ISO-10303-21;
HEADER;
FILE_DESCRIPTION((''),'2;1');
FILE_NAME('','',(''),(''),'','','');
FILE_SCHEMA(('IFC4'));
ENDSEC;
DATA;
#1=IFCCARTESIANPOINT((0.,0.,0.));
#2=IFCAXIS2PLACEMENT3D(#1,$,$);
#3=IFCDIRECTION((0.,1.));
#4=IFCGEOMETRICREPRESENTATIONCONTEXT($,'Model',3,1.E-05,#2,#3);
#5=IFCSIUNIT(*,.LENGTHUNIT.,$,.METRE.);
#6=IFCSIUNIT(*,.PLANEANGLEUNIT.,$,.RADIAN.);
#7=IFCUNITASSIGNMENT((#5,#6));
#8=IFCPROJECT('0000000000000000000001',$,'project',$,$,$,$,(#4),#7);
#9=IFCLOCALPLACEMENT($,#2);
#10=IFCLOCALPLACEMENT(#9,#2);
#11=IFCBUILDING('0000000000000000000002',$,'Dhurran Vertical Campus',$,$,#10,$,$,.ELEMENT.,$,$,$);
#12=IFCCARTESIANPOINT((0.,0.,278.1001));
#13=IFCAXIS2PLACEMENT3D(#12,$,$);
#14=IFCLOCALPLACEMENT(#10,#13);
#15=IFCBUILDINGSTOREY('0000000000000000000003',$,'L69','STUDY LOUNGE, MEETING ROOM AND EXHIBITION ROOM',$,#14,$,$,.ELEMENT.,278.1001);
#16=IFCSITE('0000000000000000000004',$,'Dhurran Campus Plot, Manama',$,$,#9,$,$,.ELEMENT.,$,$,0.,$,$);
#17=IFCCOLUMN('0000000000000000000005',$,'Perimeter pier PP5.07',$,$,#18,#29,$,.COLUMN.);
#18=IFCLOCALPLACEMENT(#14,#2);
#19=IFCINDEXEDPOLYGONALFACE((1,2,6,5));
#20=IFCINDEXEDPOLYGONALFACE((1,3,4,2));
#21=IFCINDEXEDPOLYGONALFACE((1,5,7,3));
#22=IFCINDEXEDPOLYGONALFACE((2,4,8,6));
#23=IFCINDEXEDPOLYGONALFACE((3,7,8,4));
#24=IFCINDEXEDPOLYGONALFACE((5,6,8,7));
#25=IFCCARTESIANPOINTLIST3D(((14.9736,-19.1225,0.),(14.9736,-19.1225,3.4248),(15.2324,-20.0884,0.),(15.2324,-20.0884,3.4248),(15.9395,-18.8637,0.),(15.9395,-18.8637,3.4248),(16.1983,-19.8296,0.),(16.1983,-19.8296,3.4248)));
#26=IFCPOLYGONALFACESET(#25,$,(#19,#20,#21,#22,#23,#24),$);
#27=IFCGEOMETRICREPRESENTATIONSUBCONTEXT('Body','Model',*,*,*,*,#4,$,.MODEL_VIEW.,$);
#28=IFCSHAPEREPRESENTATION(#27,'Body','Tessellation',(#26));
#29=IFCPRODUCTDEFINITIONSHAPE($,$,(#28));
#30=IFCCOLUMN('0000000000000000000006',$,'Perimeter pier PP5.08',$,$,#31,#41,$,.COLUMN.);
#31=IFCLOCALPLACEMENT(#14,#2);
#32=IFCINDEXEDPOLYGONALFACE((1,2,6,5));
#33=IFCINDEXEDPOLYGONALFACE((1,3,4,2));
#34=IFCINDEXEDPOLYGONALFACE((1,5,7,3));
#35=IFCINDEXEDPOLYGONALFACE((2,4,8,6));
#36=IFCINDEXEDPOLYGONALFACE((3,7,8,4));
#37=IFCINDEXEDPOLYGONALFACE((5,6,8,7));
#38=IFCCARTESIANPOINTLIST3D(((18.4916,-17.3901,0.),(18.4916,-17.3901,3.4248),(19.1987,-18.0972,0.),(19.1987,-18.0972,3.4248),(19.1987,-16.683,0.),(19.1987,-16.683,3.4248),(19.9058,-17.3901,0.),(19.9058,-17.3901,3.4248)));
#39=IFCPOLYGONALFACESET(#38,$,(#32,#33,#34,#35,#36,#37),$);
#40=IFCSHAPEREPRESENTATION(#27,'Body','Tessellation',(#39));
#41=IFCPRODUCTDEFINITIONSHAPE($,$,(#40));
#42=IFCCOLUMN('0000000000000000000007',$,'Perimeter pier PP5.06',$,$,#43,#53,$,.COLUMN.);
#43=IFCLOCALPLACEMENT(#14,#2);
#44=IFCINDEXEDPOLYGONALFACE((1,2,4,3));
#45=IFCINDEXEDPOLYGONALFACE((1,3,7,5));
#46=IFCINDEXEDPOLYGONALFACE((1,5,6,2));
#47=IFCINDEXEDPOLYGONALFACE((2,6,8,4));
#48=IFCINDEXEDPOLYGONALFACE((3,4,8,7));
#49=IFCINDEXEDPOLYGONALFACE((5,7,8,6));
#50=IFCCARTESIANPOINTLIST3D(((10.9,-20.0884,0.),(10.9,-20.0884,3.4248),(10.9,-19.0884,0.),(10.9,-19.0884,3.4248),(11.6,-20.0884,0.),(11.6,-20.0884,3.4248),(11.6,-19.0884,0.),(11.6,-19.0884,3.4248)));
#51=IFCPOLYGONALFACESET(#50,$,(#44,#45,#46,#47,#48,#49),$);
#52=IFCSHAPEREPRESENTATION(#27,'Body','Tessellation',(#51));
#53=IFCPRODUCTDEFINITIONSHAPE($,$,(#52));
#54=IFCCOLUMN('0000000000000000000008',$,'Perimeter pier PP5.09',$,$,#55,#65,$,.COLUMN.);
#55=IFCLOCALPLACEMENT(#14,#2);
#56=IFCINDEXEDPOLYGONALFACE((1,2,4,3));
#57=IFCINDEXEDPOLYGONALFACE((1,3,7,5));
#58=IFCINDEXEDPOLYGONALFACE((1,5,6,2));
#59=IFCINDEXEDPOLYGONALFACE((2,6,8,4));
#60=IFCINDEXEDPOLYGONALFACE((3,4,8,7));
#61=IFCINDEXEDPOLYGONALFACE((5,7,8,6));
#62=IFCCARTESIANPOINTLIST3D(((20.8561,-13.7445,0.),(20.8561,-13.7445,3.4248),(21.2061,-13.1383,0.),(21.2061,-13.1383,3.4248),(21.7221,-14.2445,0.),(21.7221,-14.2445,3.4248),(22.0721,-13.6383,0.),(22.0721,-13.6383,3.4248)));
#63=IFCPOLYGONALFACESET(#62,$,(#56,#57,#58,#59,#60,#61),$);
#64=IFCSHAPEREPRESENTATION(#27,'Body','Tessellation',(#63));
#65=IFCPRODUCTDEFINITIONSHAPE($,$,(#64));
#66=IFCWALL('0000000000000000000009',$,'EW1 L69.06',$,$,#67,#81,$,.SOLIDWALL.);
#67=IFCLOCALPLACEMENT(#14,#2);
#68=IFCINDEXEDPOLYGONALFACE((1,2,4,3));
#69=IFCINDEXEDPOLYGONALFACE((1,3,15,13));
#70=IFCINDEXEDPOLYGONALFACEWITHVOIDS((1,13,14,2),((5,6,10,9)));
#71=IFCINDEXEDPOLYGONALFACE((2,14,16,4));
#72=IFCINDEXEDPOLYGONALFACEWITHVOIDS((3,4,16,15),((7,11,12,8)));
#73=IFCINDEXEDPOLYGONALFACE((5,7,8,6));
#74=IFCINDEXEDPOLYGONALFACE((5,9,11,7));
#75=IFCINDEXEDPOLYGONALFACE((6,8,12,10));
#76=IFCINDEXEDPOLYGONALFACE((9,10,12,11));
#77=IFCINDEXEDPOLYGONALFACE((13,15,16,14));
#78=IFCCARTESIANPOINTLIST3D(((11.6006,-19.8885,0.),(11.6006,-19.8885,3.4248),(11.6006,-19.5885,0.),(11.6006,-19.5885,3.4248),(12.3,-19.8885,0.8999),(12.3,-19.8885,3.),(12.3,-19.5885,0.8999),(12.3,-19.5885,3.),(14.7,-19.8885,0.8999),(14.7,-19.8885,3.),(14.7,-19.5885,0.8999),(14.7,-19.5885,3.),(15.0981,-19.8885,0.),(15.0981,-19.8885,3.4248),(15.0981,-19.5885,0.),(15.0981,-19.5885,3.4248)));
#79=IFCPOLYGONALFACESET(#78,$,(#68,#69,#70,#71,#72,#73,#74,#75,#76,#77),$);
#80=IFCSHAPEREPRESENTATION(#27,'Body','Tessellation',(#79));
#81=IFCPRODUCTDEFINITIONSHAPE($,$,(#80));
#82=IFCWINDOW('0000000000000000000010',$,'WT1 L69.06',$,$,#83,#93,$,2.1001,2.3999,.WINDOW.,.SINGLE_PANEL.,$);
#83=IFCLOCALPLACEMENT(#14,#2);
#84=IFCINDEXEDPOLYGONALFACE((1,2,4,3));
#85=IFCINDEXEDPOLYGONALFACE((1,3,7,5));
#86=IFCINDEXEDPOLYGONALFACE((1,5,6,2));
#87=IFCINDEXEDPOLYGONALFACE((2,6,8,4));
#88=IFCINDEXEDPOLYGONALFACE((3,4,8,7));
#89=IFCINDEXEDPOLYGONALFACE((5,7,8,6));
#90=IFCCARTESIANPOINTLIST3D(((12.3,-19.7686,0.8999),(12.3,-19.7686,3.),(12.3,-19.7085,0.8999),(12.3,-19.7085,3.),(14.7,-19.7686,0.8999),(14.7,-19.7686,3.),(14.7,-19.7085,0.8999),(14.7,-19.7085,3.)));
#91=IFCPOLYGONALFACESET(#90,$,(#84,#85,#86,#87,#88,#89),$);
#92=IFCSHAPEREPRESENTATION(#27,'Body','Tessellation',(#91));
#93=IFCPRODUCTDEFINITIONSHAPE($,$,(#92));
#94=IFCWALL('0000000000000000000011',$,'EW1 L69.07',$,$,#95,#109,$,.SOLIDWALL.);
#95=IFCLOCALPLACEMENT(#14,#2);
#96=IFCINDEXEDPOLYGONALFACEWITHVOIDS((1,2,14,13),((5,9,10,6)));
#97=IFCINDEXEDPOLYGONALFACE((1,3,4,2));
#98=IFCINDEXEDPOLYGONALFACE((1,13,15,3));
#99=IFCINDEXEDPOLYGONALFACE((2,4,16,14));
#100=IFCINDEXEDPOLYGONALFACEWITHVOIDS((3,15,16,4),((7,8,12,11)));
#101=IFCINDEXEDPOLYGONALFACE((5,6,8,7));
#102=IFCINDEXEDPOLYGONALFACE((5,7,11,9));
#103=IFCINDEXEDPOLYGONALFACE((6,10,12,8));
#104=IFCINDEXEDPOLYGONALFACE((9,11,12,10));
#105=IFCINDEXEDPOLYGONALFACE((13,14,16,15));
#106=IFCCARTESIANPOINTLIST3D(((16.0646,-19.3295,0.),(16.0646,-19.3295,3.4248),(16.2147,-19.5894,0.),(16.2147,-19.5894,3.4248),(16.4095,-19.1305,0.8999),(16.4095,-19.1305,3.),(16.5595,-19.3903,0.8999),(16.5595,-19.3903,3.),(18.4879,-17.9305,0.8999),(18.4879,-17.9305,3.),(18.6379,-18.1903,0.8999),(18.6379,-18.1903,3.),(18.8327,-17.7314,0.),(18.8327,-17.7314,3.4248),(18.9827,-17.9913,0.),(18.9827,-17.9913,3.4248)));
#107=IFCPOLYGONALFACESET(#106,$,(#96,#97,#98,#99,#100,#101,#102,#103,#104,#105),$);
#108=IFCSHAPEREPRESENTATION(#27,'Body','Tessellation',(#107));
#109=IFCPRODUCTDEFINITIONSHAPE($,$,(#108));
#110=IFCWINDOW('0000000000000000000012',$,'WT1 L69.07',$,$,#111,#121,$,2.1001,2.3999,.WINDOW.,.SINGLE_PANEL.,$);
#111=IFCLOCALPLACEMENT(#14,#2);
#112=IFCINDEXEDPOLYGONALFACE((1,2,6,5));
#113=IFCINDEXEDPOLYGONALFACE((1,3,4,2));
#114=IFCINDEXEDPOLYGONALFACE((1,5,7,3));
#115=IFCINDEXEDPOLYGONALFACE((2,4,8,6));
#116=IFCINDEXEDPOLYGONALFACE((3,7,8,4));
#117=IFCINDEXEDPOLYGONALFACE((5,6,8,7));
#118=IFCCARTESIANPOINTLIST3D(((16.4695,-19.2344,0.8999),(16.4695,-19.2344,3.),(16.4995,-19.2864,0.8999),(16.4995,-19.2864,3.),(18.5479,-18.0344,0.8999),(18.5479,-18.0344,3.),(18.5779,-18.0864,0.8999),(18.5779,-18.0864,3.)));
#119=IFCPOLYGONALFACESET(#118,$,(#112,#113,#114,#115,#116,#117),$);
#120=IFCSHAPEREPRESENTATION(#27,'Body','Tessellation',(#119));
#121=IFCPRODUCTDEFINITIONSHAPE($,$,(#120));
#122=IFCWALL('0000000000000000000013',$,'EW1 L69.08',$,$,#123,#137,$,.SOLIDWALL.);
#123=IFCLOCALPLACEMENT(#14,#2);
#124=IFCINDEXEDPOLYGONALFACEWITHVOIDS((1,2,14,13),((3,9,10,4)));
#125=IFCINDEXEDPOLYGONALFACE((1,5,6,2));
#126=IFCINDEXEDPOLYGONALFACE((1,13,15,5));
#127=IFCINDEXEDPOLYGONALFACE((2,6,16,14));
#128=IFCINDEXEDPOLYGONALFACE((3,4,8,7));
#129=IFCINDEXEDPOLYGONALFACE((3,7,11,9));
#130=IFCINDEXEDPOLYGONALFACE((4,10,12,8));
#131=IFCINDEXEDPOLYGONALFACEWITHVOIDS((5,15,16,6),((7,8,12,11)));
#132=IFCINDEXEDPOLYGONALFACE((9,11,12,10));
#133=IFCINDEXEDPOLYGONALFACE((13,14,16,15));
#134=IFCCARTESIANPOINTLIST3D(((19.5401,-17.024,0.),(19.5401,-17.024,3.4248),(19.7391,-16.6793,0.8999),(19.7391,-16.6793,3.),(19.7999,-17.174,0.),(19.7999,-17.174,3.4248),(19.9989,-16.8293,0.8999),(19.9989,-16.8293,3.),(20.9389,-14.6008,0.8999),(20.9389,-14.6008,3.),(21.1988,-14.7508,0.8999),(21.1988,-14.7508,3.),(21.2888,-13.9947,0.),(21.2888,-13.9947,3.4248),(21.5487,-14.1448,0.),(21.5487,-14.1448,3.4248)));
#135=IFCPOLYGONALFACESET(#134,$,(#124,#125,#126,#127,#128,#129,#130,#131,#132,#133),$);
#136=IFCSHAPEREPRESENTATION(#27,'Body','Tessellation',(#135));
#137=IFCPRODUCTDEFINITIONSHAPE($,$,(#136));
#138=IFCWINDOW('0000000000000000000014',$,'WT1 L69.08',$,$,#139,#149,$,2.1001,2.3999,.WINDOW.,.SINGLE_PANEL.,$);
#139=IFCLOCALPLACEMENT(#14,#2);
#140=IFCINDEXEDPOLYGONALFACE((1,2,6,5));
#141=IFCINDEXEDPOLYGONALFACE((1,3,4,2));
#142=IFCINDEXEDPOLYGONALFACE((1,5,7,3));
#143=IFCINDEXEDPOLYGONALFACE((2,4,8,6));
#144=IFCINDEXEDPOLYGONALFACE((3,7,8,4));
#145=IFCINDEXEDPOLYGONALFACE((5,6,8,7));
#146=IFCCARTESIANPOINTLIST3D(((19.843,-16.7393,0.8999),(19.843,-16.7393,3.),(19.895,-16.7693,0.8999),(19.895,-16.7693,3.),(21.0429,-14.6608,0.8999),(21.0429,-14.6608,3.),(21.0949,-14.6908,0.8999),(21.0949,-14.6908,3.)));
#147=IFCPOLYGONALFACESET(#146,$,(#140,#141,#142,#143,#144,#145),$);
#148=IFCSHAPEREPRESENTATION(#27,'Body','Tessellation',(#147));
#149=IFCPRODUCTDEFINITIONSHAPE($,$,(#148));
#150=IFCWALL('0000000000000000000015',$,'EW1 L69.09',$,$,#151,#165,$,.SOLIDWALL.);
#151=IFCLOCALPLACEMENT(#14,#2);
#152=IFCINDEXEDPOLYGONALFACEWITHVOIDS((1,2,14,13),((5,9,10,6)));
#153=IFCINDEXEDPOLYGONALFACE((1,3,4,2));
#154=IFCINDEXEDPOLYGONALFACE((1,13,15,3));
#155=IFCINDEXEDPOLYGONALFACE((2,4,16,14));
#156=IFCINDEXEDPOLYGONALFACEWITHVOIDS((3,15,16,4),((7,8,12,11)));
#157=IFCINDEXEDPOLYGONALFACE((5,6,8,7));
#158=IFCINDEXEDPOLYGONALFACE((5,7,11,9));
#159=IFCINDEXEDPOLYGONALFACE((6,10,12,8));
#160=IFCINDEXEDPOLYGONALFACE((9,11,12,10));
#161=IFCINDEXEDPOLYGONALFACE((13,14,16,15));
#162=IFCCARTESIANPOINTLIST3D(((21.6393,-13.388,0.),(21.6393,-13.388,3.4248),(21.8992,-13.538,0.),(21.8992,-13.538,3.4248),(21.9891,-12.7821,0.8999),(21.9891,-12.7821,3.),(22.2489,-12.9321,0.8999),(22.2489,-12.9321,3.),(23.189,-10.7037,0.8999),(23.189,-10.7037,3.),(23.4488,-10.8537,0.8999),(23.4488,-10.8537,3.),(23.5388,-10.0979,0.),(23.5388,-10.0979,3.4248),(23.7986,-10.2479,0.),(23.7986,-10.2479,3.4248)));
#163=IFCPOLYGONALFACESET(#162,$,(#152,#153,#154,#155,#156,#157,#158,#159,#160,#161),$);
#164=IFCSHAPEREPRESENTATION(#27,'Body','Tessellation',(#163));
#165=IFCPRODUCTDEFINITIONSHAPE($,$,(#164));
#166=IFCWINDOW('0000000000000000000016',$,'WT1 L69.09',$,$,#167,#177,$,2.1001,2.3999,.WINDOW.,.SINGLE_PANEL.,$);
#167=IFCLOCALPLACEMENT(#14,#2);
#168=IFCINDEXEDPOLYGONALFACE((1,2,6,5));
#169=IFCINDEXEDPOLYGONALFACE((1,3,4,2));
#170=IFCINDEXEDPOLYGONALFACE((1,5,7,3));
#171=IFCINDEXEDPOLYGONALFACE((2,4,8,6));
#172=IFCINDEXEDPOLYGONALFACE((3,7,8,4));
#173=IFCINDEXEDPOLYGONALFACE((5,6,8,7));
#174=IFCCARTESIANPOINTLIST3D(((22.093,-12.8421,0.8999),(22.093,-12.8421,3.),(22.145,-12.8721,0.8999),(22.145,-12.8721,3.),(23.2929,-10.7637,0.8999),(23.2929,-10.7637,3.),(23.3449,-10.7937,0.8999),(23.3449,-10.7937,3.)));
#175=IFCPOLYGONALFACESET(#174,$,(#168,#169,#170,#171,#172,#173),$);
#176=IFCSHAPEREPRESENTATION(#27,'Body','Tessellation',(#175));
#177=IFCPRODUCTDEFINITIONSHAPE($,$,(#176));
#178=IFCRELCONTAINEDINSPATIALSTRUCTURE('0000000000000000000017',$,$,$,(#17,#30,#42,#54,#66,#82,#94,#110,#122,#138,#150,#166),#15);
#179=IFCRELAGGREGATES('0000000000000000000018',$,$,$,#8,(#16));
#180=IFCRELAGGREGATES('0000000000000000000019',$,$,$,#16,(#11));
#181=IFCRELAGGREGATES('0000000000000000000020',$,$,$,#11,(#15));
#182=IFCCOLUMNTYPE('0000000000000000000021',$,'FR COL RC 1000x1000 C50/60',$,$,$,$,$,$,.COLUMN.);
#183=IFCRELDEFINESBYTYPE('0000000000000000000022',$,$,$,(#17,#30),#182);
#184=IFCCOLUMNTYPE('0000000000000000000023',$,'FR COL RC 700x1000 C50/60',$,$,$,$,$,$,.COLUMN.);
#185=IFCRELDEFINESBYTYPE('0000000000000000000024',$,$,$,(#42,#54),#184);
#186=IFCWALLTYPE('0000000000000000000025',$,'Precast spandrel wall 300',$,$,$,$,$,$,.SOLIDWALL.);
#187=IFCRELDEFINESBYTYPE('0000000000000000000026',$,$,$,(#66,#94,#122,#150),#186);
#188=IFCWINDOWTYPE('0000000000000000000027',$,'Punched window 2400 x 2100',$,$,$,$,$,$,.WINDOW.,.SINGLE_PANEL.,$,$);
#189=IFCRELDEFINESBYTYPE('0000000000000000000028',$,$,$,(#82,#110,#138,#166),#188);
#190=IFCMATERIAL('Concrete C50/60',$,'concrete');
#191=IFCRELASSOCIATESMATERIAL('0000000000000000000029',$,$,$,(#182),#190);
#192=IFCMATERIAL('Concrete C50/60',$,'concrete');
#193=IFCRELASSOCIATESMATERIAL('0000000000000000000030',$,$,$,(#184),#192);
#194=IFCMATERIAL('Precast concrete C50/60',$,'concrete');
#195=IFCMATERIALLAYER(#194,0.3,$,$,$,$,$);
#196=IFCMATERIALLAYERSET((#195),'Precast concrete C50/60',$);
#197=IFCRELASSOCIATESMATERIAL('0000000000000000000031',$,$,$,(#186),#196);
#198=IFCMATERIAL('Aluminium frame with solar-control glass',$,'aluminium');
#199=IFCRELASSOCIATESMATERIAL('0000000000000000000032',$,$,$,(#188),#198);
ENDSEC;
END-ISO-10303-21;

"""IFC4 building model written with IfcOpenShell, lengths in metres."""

from ifc_helpers import new_model, si_unit, direction, frame, frame_2d, origin, origin_2d, place, context, subcontext, project, spatial, rectangle, extrude, material, layer, layer_set, material_profile, profile_set, type_object, element, fill, save


model = new_model("IFC4")

# Units and contexts
model_context = context("Model", 3, precision=1e-05, world=origin(), true_north=direction((0.0, 1.0)))
body_context = subcontext(model_context, "Body", "Model", "MODEL_VIEW")
ifc_project = project(units=[si_unit("LENGTHUNIT", "METRE"), si_unit("PLANEANGLEUNIT", "RADIAN")], contexts=[model_context])

# Site, building, storey
site_placement = place(None, origin())
site = spatial("IfcSite", under=ifc_project, at=site_placement, Name="Dhurran Campus Plot, Manama", CompositionType="ELEMENT", RefElevation=0.0)
building_placement = place(site_placement, origin())
building = spatial("IfcBuilding", under=site, at=building_placement, Name="Dhurran Vertical Campus", CompositionType="ELEMENT")
storey_placement = place(building_placement, frame((0.0, 0.0, 278.1001)))
storey = spatial("IfcBuildingStorey", under=building, at=storey_placement, Name="L69", Description="STUDY LOUNGE, MEETING ROOM AND EXHIBITION ROOM", CompositionType="ELEMENT", Elevation=278.1001)

# Columns
ifc_material_1 = material(Name="Concrete C50/60", Category="concrete")
ifc_material_profile_1 = material_profile(ifc_material_1, rectangle(XDim=1.0, YDim=1.0, at=origin_2d()), Name="RC 1000x1000")
ifc_profile_set_1 = profile_set([ifc_material_profile_1], Name="Concrete C50/60")
column_type_1 = type_object("IfcColumnType", Name="FR COL RC 1000x1000 C50/60", PredefinedType="COLUMN", material=ifc_profile_set_1)
for number, where, z_axis, x_axis, name in (
    (1, (15.5859, -19.4761, 0.0), (0.0, 0.0, 1.0), (0.965926, 0.258819, 0.0), "Perimeter pier PP5.07"),
    (2, (19.1987, -17.3901, 0.0), (0.0, 0.0, 1.0), (0.707107, 0.707107, 0.0), "Perimeter pier PP5.08"),
):
    element("IfcColumn", number, at=place(storey_placement, frame(where, z_axis=z_axis, x_axis=x_axis)), inside=storey, type_object=column_type_1, Name=name, PredefinedType="COLUMN", context=body_context, shape_type="SweptSolid", body=[
        extrude(rectangle(XDim=1.0, YDim=1.0, at=origin_2d()), origin(), (0.0, 0.0, 1.0), 3.4248),
    ])
ifc_material_2 = material(Name="Concrete C50/60", Category="concrete")
ifc_material_profile_2 = material_profile(ifc_material_2, rectangle(XDim=0.7, YDim=1.0, at=origin_2d()), Name="RC 700x1000")
ifc_profile_set_2 = profile_set([ifc_material_profile_2], Name="Concrete C50/60")
column_type_2 = type_object("IfcColumnType", Name="FR COL RC 700x1000 C50/60", PredefinedType="COLUMN", material=ifc_profile_set_2)
for number, where, z_axis, x_axis, name in (
    (3, (11.25, -19.5884, 0.0), (0.0, 0.0, 1.0), (1.0, 0.0, 0.0), "Perimeter pier PP5.06"),
    (4, (21.4641, -13.6914, 0.0), (0.0, 0.0, 1.0), (0.5, 0.866025, 0.0), "Perimeter pier PP5.09"),
):
    element("IfcColumn", number, at=place(storey_placement, frame(where, z_axis=z_axis, x_axis=x_axis)), inside=storey, type_object=column_type_2, Name=name, PredefinedType="COLUMN", context=body_context, shape_type="SweptSolid", body=[
        extrude(rectangle(XDim=0.7, YDim=1.0, at=origin_2d()), origin(), (0.0, 0.0, 1.0), 3.4248),
    ])

# Walls, openings, windows
ifc_material_3 = material(Name="Precast concrete C50/60", Category="concrete")
ifc_layer_1 = layer(ifc_material_3, 0.3)
ifc_layer_set_1 = layer_set([ifc_layer_1], Name="Precast concrete C50/60")
wall_type_1 = type_object("IfcWallType", Name="Precast spandrel wall 300", PredefinedType="SOLIDWALL", material=ifc_layer_set_1)
wall_1_placement = place(storey_placement, frame((11.6006, -19.7385, 0.0), z_axis=(0.0, 0.0, 1.0), x_axis=(1.0, 0.0, 0.0)))
wall_1 = element("IfcWall", 5, at=wall_1_placement, inside=storey, type_object=wall_type_1, Name="EW1 L69.06", PredefinedType="SOLIDWALL", context=body_context, shape_type="SweptSolid", body=[
    extrude(rectangle(XDim=3.4976, YDim=0.3, at=frame_2d((1.7488, 0.0))), origin(), (0.0, 0.0, 1.0), 3.4248),
])
opening_1_placement = place(wall_1_placement, frame((0.6995, 0.0, 0.8999)))
opening_1 = element("IfcOpeningElement", 6, at=opening_1_placement, cuts=wall_1, PredefinedType="OPENING", context=body_context, shape_type="SweptSolid", body=[
    extrude(rectangle(XDim=2.3999, YDim=2.1001, at=frame_2d((1.2, 1.05))), frame((0.0, 0.1599, 0.0), z_axis=(0.0, -1.0, 0.0), x_axis=(1.0, 0.0, 0.0)), (0.0, 0.0, 1.0), 0.3201),
])
ifc_material_4 = material(Name="Aluminium frame with solar-control glass", Category="aluminium")
window_type = type_object("IfcWindowType", Name="Punched window 2400 x 2100", PartitioningType="SINGLE_PANEL", PredefinedType="WINDOW", material=ifc_material_4)
window_1_placement = place(opening_1_placement, origin())
window_1 = element("IfcWindow", 7, at=window_1_placement, inside=storey, type_object=window_type, Name="WT1 L69.06", OverallHeight=2.1001, OverallWidth=2.3999, PartitioningType="SINGLE_PANEL", PredefinedType="WINDOW", context=body_context, shape_type="SweptSolid", body=[
    extrude(rectangle(XDim=2.3999, YDim=2.1001, at=frame_2d((1.2, 1.05))), frame((0.0, 0.03, 0.0), z_axis=(0.0, -1.0, 0.0), x_axis=(1.0, 0.0, 0.0)), (0.0, 0.0, 1.0), 0.0601),
])
fill(opening_1, window_1)
wall_2_placement = place(storey_placement, frame((16.1396, -19.4595, 0.0), z_axis=(0.0, 0.0, 1.0), x_axis=(0.866025, 0.5, 0.0)))
wall_2 = element("IfcWall", 8, at=wall_2_placement, inside=storey, type_object=wall_type_1, Name="EW1 L69.07", PredefinedType="SOLIDWALL", context=body_context, shape_type="SweptSolid", body=[
    extrude(rectangle(XDim=3.1963, YDim=0.3, at=frame_2d((1.5981, 0.0))), origin(), (0.0, 0.0, 1.0), 3.4248),
])
opening_2_placement = place(wall_2_placement, frame((0.3982, 0.0, 0.8999)))
opening_2 = element("IfcOpeningElement", 9, at=opening_2_placement, cuts=wall_2, PredefinedType="OPENING", context=body_context, shape_type="SweptSolid", body=[
    extrude(rectangle(XDim=2.3999, YDim=2.1001, at=frame_2d((1.2, 1.05))), frame((0.0, 0.1599, 0.0), z_axis=(0.0, -1.0, 0.0), x_axis=(1.0, 0.0, 0.0)), (0.0, 0.0, 1.0), 0.3201),
])
window_2_placement = place(opening_2_placement, origin())
window_2 = element("IfcWindow", 10, at=window_2_placement, inside=storey, type_object=window_type, Name="WT1 L69.07", OverallHeight=2.1001, OverallWidth=2.3999, PartitioningType="SINGLE_PANEL", PredefinedType="WINDOW", context=body_context, shape_type="SweptSolid", body=[
    extrude(rectangle(XDim=2.3999, YDim=2.1001, at=frame_2d((1.2, 1.05))), frame((0.0, 0.03, 0.0), z_axis=(0.0, -1.0, 0.0), x_axis=(1.0, 0.0, 0.0)), (0.0, 0.0, 1.0), 0.0601),
])
fill(opening_2, window_2)
wall_3_placement = place(storey_placement, frame((19.6699, -17.0991, 0.0), z_axis=(0.0, 0.0, 1.0), x_axis=(0.49996, 0.866048, 0.0)))
wall_3 = element("IfcWall", 11, at=wall_3_placement, inside=storey, type_object=wall_type_1, Name="EW1 L69.08", PredefinedType="SOLIDWALL", context=body_context, shape_type="SweptSolid", body=[
    extrude(rectangle(XDim=3.4978, YDim=0.3, at=frame_2d((1.749, 0.0))), origin(), (0.0, 0.0, 1.0), 3.4248),
])
opening_3_placement = place(wall_3_placement, frame((0.3982, 0.0, 0.8999)))
opening_3 = element("IfcOpeningElement", 12, at=opening_3_placement, cuts=wall_3, PredefinedType="OPENING", context=body_context, shape_type="SweptSolid", body=[
    extrude(rectangle(XDim=2.3999, YDim=2.1001, at=frame_2d((1.2, 1.05))), frame((0.0, 0.1599, 0.0), z_axis=(0.0, -1.0, 0.0), x_axis=(1.0, 0.0, 0.0)), (0.0, 0.0, 1.0), 0.3201),
])
window_3_placement = place(opening_3_placement, origin())
window_3 = element("IfcWindow", 13, at=window_3_placement, inside=storey, type_object=window_type, Name="WT1 L69.08", OverallHeight=2.1001, OverallWidth=2.3999, PartitioningType="SINGLE_PANEL", PredefinedType="WINDOW", context=body_context, shape_type="SweptSolid", body=[
    extrude(rectangle(XDim=2.3999, YDim=2.1001, at=frame_2d((1.2, 1.05))), frame((0.0, 0.03, 0.0), z_axis=(0.0, -1.0, 0.0), x_axis=(1.0, 0.0, 0.0)), (0.0, 0.0, 1.0), 0.0601),
])
fill(opening_3, window_3)
wall_4_placement = place(storey_placement, frame((21.7693, -13.4629, 0.0), z_axis=(0.0, 0.0, 1.0), x_axis=(0.499982, 0.866036, 0.0)))
wall_4 = element("IfcWall", 14, at=wall_4_placement, inside=storey, type_object=wall_type_1, Name="EW1 L69.09", PredefinedType="SOLIDWALL", context=body_context, shape_type="SweptSolid", body=[
    extrude(rectangle(XDim=3.7991, YDim=0.3, at=frame_2d((1.8994, 0.0))), origin(), (0.0, 0.0, 1.0), 3.4248),
])
opening_4_placement = place(wall_4_placement, frame((0.6995, 0.0, 0.8999)))
opening_4 = element("IfcOpeningElement", 15, at=opening_4_placement, cuts=wall_4, PredefinedType="OPENING", context=body_context, shape_type="SweptSolid", body=[
    extrude(rectangle(XDim=2.3999, YDim=2.1001, at=frame_2d((1.2, 1.05))), frame((0.0, 0.1599, 0.0), z_axis=(0.0, -1.0, 0.0), x_axis=(1.0, 0.0, 0.0)), (0.0, 0.0, 1.0), 0.3201),
])
window_4_placement = place(opening_4_placement, origin())
window_4 = element("IfcWindow", 16, at=window_4_placement, inside=storey, type_object=window_type, Name="WT1 L69.09", OverallHeight=2.1001, OverallWidth=2.3999, PartitioningType="SINGLE_PANEL", PredefinedType="WINDOW", context=body_context, shape_type="SweptSolid", body=[
    extrude(rectangle(XDim=2.3999, YDim=2.1001, at=frame_2d((1.2, 1.05))), frame((0.0, 0.03, 0.0), z_axis=(0.0, -1.0, 0.0), x_axis=(1.0, 0.0, 0.0)), (0.0, 0.0, 1.0), 0.0601),
])
fill(opening_4, window_4)

save(model, "model.ifc")
